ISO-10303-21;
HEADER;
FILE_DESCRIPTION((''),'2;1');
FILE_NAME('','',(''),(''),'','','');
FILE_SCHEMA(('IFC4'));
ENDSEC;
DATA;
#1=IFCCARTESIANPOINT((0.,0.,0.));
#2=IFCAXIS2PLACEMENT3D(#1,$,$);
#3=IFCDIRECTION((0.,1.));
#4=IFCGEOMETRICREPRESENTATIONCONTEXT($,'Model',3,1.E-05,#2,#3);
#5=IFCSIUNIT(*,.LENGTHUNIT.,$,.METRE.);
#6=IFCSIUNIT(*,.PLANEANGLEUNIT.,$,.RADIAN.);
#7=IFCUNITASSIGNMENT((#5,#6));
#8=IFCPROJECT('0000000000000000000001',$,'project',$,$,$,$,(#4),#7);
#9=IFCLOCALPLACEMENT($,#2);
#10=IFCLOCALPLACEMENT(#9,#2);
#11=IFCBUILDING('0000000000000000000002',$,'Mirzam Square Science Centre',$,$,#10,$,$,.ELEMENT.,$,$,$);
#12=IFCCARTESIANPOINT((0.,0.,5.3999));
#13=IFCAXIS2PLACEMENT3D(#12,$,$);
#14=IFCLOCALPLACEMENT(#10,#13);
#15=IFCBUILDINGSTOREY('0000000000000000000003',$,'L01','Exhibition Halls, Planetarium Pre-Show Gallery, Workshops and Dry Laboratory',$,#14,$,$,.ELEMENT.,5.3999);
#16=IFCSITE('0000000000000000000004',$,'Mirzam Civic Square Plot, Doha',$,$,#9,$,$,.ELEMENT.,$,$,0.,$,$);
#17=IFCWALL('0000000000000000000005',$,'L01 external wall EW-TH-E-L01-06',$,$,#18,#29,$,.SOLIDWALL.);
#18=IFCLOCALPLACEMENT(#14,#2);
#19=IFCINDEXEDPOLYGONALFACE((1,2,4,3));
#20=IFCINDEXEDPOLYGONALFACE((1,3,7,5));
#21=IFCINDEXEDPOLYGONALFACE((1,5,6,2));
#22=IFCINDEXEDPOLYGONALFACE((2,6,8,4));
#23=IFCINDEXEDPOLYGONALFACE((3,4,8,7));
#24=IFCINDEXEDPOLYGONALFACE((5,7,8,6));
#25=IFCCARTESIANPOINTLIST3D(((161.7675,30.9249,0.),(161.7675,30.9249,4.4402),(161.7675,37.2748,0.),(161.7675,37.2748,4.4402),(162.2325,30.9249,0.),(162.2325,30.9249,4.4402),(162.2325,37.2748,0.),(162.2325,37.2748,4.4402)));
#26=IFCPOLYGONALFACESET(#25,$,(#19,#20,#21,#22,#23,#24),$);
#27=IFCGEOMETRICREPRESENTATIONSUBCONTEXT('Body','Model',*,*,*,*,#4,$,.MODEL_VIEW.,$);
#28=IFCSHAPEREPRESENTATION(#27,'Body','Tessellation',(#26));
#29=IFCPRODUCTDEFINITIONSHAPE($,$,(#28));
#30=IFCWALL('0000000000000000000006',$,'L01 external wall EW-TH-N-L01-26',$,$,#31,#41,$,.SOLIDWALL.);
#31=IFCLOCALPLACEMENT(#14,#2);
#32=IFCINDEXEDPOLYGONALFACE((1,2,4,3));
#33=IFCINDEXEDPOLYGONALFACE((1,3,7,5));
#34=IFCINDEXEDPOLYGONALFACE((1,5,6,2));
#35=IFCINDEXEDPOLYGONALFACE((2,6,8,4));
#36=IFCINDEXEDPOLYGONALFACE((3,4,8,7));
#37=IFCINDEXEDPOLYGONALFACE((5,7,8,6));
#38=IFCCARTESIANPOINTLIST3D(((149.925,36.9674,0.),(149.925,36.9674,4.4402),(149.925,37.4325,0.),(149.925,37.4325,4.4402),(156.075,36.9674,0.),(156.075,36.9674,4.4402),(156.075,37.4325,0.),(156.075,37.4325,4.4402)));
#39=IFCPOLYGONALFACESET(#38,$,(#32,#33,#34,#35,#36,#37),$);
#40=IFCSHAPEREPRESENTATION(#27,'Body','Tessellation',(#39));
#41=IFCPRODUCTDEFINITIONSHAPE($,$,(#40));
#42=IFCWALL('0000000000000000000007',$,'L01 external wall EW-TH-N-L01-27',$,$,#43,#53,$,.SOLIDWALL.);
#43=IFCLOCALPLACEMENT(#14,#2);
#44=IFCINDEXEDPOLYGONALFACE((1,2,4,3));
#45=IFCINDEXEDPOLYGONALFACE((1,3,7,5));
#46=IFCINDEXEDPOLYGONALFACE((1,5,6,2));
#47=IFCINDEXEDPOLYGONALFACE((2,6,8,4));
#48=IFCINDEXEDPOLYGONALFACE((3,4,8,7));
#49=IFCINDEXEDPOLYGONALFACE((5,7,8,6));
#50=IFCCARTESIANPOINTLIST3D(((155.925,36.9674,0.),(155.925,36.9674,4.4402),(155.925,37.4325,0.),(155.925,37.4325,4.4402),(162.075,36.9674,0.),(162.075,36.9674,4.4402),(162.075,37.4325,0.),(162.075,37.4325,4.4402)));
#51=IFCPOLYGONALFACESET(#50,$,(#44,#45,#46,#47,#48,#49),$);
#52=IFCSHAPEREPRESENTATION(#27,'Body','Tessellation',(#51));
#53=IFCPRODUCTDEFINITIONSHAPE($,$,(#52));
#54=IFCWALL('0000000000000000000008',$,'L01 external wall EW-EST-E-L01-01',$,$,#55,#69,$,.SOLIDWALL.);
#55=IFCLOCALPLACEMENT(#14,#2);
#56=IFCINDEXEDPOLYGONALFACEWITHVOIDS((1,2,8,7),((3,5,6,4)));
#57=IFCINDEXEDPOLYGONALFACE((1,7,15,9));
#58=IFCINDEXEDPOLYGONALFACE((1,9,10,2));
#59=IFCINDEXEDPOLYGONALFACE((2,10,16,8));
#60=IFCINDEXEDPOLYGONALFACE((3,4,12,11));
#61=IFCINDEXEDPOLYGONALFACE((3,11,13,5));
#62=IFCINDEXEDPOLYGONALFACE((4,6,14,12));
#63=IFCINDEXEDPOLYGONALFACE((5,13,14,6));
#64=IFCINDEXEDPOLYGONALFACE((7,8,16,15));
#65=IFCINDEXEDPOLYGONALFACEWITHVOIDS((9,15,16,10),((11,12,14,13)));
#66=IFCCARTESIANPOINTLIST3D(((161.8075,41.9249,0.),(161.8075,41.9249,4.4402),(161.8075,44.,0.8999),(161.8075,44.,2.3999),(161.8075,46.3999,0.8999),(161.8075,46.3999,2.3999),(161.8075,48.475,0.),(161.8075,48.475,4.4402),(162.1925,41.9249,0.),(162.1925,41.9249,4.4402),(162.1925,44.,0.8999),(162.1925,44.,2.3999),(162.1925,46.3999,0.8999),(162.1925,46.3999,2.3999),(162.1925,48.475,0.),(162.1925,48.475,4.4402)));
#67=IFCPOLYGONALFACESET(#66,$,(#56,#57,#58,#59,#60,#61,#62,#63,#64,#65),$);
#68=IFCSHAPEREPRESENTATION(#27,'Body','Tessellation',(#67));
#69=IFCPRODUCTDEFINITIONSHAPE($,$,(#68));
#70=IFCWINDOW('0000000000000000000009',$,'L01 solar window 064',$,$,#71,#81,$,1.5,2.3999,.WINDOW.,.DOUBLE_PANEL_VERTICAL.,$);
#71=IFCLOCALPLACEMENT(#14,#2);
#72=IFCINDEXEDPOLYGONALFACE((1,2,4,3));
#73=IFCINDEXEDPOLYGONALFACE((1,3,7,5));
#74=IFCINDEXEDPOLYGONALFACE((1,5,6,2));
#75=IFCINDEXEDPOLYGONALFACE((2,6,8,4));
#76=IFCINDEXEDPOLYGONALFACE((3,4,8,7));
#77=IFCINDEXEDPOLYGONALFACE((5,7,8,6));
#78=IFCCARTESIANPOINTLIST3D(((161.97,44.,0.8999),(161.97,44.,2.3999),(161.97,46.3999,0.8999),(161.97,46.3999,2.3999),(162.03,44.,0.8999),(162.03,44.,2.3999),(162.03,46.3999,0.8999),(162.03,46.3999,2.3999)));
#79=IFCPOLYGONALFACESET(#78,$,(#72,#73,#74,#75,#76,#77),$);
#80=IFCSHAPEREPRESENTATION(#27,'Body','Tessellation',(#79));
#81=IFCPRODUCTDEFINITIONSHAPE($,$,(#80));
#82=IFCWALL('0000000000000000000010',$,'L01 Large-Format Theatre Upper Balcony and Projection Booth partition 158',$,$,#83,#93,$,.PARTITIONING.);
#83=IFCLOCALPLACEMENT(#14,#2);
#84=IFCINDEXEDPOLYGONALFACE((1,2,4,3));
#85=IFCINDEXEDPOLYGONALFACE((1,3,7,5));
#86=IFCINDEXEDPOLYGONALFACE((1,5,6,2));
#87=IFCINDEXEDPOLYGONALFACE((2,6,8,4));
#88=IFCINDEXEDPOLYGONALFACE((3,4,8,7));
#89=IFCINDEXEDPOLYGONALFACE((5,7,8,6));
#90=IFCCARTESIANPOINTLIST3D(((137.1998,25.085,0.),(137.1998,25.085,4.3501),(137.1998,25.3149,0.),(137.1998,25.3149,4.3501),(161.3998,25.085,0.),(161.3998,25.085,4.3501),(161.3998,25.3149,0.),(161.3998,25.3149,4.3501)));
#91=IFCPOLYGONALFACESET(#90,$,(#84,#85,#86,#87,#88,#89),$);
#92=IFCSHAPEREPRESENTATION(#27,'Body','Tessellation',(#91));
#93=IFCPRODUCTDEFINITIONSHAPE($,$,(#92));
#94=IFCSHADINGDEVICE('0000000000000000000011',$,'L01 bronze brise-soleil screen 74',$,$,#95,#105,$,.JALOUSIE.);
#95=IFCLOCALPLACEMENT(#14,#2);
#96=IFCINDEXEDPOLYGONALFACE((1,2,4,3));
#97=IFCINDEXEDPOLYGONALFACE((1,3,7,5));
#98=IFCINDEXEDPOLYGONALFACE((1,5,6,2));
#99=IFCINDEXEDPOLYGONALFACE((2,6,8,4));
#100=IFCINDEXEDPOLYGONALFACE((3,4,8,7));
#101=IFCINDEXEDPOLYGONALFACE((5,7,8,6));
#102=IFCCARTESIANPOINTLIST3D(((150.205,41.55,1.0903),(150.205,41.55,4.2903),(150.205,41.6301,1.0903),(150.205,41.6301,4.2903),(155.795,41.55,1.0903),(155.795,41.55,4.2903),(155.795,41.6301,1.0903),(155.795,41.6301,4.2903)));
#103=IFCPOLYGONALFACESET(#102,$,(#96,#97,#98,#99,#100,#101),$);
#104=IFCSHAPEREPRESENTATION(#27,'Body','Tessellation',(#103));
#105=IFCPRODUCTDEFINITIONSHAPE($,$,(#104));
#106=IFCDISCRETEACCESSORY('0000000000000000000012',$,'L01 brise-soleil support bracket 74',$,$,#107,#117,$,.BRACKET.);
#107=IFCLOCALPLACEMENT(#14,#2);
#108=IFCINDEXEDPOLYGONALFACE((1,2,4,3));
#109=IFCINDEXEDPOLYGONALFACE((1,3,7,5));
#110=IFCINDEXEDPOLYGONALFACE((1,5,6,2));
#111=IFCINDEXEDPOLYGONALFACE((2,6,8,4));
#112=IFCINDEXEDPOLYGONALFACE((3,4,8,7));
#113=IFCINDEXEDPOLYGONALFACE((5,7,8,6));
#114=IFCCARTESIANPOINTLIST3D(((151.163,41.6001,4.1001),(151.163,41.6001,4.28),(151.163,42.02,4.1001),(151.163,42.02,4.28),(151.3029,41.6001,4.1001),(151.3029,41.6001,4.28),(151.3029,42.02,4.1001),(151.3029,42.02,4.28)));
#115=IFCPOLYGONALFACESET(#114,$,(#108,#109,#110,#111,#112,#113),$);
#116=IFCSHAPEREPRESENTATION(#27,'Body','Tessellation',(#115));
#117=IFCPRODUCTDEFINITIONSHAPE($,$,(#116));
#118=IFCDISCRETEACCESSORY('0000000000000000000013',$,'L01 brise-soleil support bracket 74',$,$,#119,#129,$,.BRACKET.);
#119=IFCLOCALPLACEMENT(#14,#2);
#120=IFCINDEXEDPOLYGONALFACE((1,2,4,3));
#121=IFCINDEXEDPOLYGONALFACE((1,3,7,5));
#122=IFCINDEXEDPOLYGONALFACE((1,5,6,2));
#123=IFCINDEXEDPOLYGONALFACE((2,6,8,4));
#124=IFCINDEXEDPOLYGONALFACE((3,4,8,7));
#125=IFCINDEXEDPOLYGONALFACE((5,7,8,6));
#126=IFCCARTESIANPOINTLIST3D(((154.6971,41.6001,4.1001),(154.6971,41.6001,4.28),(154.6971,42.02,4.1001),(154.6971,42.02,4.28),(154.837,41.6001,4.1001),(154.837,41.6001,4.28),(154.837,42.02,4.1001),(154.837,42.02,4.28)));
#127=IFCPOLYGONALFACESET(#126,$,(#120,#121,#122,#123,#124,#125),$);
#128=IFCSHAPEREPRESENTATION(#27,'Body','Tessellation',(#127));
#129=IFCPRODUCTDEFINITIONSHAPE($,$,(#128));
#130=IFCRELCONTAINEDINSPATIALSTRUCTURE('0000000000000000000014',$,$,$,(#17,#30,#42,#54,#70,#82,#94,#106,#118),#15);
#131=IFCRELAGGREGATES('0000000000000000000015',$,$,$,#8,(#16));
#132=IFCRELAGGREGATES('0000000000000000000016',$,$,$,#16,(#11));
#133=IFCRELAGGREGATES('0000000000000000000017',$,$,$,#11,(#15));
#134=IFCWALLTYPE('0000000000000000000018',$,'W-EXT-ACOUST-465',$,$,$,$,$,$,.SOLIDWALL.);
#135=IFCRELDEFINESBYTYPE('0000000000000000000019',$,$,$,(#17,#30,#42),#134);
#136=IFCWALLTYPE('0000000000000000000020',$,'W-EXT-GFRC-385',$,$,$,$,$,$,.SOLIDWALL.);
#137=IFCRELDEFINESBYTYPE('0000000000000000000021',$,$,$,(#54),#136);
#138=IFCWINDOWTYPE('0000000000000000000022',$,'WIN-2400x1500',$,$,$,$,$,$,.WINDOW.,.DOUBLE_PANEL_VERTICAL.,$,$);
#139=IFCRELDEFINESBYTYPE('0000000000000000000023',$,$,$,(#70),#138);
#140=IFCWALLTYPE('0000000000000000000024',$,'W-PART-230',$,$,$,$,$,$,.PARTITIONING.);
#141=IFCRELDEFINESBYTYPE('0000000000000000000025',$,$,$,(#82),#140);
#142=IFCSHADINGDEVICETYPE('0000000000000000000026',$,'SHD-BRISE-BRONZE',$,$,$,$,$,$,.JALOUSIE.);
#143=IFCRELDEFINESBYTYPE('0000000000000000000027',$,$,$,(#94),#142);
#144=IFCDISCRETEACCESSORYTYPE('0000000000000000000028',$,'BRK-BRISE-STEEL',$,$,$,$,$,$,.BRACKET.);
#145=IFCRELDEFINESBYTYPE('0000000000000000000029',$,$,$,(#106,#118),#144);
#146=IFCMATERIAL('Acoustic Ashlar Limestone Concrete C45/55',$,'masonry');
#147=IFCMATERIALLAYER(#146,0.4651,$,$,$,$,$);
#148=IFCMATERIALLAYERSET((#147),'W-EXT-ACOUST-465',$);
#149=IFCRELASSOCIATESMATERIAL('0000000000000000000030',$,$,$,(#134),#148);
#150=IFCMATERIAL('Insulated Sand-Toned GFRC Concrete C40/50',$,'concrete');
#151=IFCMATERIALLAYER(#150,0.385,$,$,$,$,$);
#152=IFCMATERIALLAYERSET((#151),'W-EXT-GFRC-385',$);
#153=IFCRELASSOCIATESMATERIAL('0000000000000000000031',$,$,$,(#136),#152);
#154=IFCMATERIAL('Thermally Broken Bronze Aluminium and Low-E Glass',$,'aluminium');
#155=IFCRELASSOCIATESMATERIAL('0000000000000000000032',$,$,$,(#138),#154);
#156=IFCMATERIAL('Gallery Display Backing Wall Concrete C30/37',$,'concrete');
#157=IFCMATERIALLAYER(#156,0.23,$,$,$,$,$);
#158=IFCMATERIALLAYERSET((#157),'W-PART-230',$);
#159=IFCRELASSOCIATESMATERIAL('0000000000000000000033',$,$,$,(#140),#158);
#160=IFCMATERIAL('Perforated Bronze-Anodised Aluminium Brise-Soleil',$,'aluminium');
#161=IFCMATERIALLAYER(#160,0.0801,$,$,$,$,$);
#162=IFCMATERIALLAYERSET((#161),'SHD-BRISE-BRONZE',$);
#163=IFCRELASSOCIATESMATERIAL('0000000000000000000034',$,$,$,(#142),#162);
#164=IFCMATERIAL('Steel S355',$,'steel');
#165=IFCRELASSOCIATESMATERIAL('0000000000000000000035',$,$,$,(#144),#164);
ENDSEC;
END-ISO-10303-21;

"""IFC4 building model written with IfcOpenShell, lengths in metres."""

from ifc_helpers import new_model, si_unit, direction, frame, frame_2d, origin, origin_2d, place, context, subcontext, project, spatial, rectangle, extrude, material, layer, layer_set, type_object, element, fill, save


model = new_model("IFC4")

# Units and contexts
model_context = context("Model", 3, precision=1e-05, world=origin(), true_north=direction((0.0, 1.0)))
body_context = subcontext(model_context, "Body", "Model", "MODEL_VIEW")
ifc_project = project(units=[si_unit("LENGTHUNIT", "METRE"), si_unit("PLANEANGLEUNIT", "RADIAN")], contexts=[model_context])

# Site, building, storey
site_placement = place(None, origin())
site = spatial("IfcSite", under=ifc_project, at=site_placement, Name="Mirzam Civic Square Plot, Doha", CompositionType="ELEMENT", RefElevation=0.0)
building_placement = place(site_placement, origin())
building = spatial("IfcBuilding", under=site, at=building_placement, Name="Mirzam Square Science Centre", CompositionType="ELEMENT")
storey_placement = place(building_placement, frame((0.0, 0.0, 5.3999)))
storey = spatial("IfcBuildingStorey", under=building, at=storey_placement, Name="L01", Description="Exhibition Halls, Planetarium Pre-Show Gallery, Workshops and Dry Laboratory", CompositionType="ELEMENT", Elevation=5.3999)

# Shared definitions
ifc_material_1 = material(Name="Steel S355", Category="steel")

# Walls
ifc_material_2 = material(Name="Acoustic Ashlar Limestone Concrete C45/55", Category="masonry")
ifc_layer_1 = layer(ifc_material_2, 0.4651)
ifc_layer_set_1 = layer_set([ifc_layer_1], Name="W-EXT-ACOUST-465")
wall_type_1 = type_object("IfcWallType", Name="W-EXT-ACOUST-465", PredefinedType="SOLIDWALL", material=ifc_layer_set_1)
wall_1_placement = place(storey_placement, frame((162.0, 30.925, 0.0), z_axis=(0.0, 0.0, 1.0), x_axis=(0.0, 1.0, 0.0)))
element("IfcWall", 1, at=wall_1_placement, inside=storey, type_object=wall_type_1, Name="L01 external wall EW-TH-E-L01-06", PredefinedType="SOLIDWALL", context=body_context, shape_type="SweptSolid", body=[
    extrude(rectangle(XDim=6.3499, YDim=0.4651, at=frame_2d((3.1748, 0.0))), origin(), (0.0, 0.0, 1.0), 4.4402),
])
for number, where, z_axis, x_axis, name in (
    (2, (156.075, 37.2, 0.0), (0.0, 0.0, 1.0), (-1.0, 0.0, 0.0), "L01 external wall EW-TH-N-L01-26"),
    (3, (162.075, 37.2, 0.0), (0.0, 0.0, 1.0), (-1.0, 0.0, 0.0), "L01 external wall EW-TH-N-L01-27"),
):
    element("IfcWall", number, at=place(storey_placement, frame(where, z_axis=z_axis, x_axis=x_axis)), inside=storey, type_object=wall_type_1, Name=name, PredefinedType="SOLIDWALL", context=body_context, shape_type="SweptSolid", body=[
        extrude(rectangle(XDim=6.1499, YDim=0.4651, at=frame_2d((3.075, 0.0))), origin(), (0.0, 0.0, 1.0), 4.4402),
    ])

# Wall, opening, window
ifc_material_3 = material(Name="Insulated Sand-Toned GFRC Concrete C40/50", Category="concrete")
ifc_layer_2 = layer(ifc_material_3, 0.385)
ifc_layer_set_2 = layer_set([ifc_layer_2], Name="W-EXT-GFRC-385")
wall_type_2 = type_object("IfcWallType", Name="W-EXT-GFRC-385", PredefinedType="SOLIDWALL", material=ifc_layer_set_2)
wall_2_placement = place(storey_placement, frame((162.0, 41.925, 0.0), z_axis=(0.0, 0.0, 1.0), x_axis=(0.0, 1.0, 0.0)))
wall_2 = element("IfcWall", 4, at=wall_2_placement, inside=storey, type_object=wall_type_2, Name="L01 external wall EW-EST-E-L01-01", PredefinedType="SOLIDWALL", context=body_context, shape_type="SweptSolid", body=[
    extrude(rectangle(XDim=6.55, YDim=0.385, at=frame_2d((3.2749, 0.0))), origin(), (0.0, 0.0, 1.0), 4.4402),
])
opening_placement = place(wall_2_placement, frame((2.075, 0.0, 0.8999)))
opening = element("IfcOpeningElement", 5, at=opening_placement, cuts=wall_2, PredefinedType="OPENING", context=body_context, shape_type="SweptSolid", body=[
    extrude(rectangle(XDim=2.3999, YDim=1.5, at=frame_2d((1.2, 0.75))), frame((0.0, 0.2024, 0.0), z_axis=(0.0, -1.0, 0.0), x_axis=(1.0, 0.0, 0.0)), (0.0, 0.0, 1.0), 0.405),
])
ifc_material_4 = material(Name="Thermally Broken Bronze Aluminium and Low-E Glass", Category="aluminium")
window_type = type_object("IfcWindowType", Name="WIN-2400x1500", PartitioningType="DOUBLE_PANEL_VERTICAL", PredefinedType="WINDOW", material=ifc_material_4)
window_placement = place(opening_placement, origin())
window = element("IfcWindow", 6, at=window_placement, inside=storey, type_object=window_type, Name="L01 solar window 064", OverallHeight=1.5, OverallWidth=2.3999, PartitioningType="DOUBLE_PANEL_VERTICAL", PredefinedType="WINDOW", context=body_context, shape_type="SweptSolid", body=[
    extrude(rectangle(XDim=2.3999, YDim=1.5, at=frame_2d((1.2, 0.75))), frame((0.0, 0.03, 0.0), z_axis=(0.0, -1.0, 0.0), x_axis=(1.0, 0.0, 0.0)), (0.0, 0.0, 1.0), 0.0601),
])
fill(opening, window)

# Wall
ifc_material_5 = material(Name="Gallery Display Backing Wall Concrete C30/37", Category="concrete")
ifc_layer_3 = layer(ifc_material_5, 0.23)
ifc_layer_set_3 = layer_set([ifc_layer_3], Name="W-PART-230")
wall_type_3 = type_object("IfcWallType", Name="W-PART-230", PredefinedType="PARTITIONING", material=ifc_layer_set_3)
wall_3_placement = place(storey_placement, frame((161.3999, 25.2, 0.0), z_axis=(0.0, 0.0, 1.0), x_axis=(-1.0, 0.0, 0.0)))
element("IfcWall", 7, at=wall_3_placement, inside=storey, type_object=wall_type_3, Name="L01 Large-Format Theatre Upper Balcony and Projection Booth partition 158", PredefinedType="PARTITIONING", context=body_context, shape_type="SweptSolid", body=[
    extrude(rectangle(XDim=24.2, YDim=0.23, at=frame_2d((12.1001, 0.0))), origin(), (0.0, 0.0, 1.0), 4.3501),
])

# Shading device
ifc_material_6 = material(Name="Perforated Bronze-Anodised Aluminium Brise-Soleil", Category="aluminium")
ifc_layer_4 = layer(ifc_material_6, 0.0801)
ifc_layer_set_4 = layer_set([ifc_layer_4], Name="SHD-BRISE-BRONZE")
shading_device_type = type_object("IfcShadingDeviceType", Name="SHD-BRISE-BRONZE", PredefinedType="JALOUSIE", material=ifc_layer_set_4)
shading_device_placement = place(storey_placement, frame((153.0, 41.5901, 1.0903), z_axis=(0.0, 0.0, 1.0), x_axis=(1.0, 0.0, 0.0)))
element("IfcShadingDevice", 8, at=shading_device_placement, inside=storey, type_object=shading_device_type, Name="L01 bronze brise-soleil screen 74", PredefinedType="JALOUSIE", context=body_context, shape_type="SweptSolid", body=[
    extrude(rectangle(XDim=5.5901, YDim=0.0801, at=origin_2d()), origin(), (0.0, 0.0, 1.0), 3.2),
])

# Discrete accessories
discrete_accessory_type = type_object("IfcDiscreteAccessoryType", Name="BRK-BRISE-STEEL", PredefinedType="BRACKET", material=ifc_material_1)
for number, where, z_axis, x_axis, name in (
    (9, (151.2329, 41.8101, 4.1001), (0.0, 0.0, 1.0), (1.0, 0.0, 0.0), "L01 brise-soleil support bracket 74"),
    (10, (154.7671, 41.8101, 4.1001), (0.0, 0.0, 1.0), (1.0, 0.0, 0.0), "L01 brise-soleil support bracket 74"),
):
    element("IfcDiscreteAccessory", number, at=place(storey_placement, frame(where, z_axis=z_axis, x_axis=x_axis)), inside=storey, type_object=discrete_accessory_type, Name=name, PredefinedType="BRACKET", context=body_context, shape_type="SweptSolid", body=[
        extrude(rectangle(XDim=0.1399, YDim=0.4199, at=origin_2d()), origin(), (0.0, 0.0, 1.0), 0.1799),
    ])

save(model, "model.ifc")
